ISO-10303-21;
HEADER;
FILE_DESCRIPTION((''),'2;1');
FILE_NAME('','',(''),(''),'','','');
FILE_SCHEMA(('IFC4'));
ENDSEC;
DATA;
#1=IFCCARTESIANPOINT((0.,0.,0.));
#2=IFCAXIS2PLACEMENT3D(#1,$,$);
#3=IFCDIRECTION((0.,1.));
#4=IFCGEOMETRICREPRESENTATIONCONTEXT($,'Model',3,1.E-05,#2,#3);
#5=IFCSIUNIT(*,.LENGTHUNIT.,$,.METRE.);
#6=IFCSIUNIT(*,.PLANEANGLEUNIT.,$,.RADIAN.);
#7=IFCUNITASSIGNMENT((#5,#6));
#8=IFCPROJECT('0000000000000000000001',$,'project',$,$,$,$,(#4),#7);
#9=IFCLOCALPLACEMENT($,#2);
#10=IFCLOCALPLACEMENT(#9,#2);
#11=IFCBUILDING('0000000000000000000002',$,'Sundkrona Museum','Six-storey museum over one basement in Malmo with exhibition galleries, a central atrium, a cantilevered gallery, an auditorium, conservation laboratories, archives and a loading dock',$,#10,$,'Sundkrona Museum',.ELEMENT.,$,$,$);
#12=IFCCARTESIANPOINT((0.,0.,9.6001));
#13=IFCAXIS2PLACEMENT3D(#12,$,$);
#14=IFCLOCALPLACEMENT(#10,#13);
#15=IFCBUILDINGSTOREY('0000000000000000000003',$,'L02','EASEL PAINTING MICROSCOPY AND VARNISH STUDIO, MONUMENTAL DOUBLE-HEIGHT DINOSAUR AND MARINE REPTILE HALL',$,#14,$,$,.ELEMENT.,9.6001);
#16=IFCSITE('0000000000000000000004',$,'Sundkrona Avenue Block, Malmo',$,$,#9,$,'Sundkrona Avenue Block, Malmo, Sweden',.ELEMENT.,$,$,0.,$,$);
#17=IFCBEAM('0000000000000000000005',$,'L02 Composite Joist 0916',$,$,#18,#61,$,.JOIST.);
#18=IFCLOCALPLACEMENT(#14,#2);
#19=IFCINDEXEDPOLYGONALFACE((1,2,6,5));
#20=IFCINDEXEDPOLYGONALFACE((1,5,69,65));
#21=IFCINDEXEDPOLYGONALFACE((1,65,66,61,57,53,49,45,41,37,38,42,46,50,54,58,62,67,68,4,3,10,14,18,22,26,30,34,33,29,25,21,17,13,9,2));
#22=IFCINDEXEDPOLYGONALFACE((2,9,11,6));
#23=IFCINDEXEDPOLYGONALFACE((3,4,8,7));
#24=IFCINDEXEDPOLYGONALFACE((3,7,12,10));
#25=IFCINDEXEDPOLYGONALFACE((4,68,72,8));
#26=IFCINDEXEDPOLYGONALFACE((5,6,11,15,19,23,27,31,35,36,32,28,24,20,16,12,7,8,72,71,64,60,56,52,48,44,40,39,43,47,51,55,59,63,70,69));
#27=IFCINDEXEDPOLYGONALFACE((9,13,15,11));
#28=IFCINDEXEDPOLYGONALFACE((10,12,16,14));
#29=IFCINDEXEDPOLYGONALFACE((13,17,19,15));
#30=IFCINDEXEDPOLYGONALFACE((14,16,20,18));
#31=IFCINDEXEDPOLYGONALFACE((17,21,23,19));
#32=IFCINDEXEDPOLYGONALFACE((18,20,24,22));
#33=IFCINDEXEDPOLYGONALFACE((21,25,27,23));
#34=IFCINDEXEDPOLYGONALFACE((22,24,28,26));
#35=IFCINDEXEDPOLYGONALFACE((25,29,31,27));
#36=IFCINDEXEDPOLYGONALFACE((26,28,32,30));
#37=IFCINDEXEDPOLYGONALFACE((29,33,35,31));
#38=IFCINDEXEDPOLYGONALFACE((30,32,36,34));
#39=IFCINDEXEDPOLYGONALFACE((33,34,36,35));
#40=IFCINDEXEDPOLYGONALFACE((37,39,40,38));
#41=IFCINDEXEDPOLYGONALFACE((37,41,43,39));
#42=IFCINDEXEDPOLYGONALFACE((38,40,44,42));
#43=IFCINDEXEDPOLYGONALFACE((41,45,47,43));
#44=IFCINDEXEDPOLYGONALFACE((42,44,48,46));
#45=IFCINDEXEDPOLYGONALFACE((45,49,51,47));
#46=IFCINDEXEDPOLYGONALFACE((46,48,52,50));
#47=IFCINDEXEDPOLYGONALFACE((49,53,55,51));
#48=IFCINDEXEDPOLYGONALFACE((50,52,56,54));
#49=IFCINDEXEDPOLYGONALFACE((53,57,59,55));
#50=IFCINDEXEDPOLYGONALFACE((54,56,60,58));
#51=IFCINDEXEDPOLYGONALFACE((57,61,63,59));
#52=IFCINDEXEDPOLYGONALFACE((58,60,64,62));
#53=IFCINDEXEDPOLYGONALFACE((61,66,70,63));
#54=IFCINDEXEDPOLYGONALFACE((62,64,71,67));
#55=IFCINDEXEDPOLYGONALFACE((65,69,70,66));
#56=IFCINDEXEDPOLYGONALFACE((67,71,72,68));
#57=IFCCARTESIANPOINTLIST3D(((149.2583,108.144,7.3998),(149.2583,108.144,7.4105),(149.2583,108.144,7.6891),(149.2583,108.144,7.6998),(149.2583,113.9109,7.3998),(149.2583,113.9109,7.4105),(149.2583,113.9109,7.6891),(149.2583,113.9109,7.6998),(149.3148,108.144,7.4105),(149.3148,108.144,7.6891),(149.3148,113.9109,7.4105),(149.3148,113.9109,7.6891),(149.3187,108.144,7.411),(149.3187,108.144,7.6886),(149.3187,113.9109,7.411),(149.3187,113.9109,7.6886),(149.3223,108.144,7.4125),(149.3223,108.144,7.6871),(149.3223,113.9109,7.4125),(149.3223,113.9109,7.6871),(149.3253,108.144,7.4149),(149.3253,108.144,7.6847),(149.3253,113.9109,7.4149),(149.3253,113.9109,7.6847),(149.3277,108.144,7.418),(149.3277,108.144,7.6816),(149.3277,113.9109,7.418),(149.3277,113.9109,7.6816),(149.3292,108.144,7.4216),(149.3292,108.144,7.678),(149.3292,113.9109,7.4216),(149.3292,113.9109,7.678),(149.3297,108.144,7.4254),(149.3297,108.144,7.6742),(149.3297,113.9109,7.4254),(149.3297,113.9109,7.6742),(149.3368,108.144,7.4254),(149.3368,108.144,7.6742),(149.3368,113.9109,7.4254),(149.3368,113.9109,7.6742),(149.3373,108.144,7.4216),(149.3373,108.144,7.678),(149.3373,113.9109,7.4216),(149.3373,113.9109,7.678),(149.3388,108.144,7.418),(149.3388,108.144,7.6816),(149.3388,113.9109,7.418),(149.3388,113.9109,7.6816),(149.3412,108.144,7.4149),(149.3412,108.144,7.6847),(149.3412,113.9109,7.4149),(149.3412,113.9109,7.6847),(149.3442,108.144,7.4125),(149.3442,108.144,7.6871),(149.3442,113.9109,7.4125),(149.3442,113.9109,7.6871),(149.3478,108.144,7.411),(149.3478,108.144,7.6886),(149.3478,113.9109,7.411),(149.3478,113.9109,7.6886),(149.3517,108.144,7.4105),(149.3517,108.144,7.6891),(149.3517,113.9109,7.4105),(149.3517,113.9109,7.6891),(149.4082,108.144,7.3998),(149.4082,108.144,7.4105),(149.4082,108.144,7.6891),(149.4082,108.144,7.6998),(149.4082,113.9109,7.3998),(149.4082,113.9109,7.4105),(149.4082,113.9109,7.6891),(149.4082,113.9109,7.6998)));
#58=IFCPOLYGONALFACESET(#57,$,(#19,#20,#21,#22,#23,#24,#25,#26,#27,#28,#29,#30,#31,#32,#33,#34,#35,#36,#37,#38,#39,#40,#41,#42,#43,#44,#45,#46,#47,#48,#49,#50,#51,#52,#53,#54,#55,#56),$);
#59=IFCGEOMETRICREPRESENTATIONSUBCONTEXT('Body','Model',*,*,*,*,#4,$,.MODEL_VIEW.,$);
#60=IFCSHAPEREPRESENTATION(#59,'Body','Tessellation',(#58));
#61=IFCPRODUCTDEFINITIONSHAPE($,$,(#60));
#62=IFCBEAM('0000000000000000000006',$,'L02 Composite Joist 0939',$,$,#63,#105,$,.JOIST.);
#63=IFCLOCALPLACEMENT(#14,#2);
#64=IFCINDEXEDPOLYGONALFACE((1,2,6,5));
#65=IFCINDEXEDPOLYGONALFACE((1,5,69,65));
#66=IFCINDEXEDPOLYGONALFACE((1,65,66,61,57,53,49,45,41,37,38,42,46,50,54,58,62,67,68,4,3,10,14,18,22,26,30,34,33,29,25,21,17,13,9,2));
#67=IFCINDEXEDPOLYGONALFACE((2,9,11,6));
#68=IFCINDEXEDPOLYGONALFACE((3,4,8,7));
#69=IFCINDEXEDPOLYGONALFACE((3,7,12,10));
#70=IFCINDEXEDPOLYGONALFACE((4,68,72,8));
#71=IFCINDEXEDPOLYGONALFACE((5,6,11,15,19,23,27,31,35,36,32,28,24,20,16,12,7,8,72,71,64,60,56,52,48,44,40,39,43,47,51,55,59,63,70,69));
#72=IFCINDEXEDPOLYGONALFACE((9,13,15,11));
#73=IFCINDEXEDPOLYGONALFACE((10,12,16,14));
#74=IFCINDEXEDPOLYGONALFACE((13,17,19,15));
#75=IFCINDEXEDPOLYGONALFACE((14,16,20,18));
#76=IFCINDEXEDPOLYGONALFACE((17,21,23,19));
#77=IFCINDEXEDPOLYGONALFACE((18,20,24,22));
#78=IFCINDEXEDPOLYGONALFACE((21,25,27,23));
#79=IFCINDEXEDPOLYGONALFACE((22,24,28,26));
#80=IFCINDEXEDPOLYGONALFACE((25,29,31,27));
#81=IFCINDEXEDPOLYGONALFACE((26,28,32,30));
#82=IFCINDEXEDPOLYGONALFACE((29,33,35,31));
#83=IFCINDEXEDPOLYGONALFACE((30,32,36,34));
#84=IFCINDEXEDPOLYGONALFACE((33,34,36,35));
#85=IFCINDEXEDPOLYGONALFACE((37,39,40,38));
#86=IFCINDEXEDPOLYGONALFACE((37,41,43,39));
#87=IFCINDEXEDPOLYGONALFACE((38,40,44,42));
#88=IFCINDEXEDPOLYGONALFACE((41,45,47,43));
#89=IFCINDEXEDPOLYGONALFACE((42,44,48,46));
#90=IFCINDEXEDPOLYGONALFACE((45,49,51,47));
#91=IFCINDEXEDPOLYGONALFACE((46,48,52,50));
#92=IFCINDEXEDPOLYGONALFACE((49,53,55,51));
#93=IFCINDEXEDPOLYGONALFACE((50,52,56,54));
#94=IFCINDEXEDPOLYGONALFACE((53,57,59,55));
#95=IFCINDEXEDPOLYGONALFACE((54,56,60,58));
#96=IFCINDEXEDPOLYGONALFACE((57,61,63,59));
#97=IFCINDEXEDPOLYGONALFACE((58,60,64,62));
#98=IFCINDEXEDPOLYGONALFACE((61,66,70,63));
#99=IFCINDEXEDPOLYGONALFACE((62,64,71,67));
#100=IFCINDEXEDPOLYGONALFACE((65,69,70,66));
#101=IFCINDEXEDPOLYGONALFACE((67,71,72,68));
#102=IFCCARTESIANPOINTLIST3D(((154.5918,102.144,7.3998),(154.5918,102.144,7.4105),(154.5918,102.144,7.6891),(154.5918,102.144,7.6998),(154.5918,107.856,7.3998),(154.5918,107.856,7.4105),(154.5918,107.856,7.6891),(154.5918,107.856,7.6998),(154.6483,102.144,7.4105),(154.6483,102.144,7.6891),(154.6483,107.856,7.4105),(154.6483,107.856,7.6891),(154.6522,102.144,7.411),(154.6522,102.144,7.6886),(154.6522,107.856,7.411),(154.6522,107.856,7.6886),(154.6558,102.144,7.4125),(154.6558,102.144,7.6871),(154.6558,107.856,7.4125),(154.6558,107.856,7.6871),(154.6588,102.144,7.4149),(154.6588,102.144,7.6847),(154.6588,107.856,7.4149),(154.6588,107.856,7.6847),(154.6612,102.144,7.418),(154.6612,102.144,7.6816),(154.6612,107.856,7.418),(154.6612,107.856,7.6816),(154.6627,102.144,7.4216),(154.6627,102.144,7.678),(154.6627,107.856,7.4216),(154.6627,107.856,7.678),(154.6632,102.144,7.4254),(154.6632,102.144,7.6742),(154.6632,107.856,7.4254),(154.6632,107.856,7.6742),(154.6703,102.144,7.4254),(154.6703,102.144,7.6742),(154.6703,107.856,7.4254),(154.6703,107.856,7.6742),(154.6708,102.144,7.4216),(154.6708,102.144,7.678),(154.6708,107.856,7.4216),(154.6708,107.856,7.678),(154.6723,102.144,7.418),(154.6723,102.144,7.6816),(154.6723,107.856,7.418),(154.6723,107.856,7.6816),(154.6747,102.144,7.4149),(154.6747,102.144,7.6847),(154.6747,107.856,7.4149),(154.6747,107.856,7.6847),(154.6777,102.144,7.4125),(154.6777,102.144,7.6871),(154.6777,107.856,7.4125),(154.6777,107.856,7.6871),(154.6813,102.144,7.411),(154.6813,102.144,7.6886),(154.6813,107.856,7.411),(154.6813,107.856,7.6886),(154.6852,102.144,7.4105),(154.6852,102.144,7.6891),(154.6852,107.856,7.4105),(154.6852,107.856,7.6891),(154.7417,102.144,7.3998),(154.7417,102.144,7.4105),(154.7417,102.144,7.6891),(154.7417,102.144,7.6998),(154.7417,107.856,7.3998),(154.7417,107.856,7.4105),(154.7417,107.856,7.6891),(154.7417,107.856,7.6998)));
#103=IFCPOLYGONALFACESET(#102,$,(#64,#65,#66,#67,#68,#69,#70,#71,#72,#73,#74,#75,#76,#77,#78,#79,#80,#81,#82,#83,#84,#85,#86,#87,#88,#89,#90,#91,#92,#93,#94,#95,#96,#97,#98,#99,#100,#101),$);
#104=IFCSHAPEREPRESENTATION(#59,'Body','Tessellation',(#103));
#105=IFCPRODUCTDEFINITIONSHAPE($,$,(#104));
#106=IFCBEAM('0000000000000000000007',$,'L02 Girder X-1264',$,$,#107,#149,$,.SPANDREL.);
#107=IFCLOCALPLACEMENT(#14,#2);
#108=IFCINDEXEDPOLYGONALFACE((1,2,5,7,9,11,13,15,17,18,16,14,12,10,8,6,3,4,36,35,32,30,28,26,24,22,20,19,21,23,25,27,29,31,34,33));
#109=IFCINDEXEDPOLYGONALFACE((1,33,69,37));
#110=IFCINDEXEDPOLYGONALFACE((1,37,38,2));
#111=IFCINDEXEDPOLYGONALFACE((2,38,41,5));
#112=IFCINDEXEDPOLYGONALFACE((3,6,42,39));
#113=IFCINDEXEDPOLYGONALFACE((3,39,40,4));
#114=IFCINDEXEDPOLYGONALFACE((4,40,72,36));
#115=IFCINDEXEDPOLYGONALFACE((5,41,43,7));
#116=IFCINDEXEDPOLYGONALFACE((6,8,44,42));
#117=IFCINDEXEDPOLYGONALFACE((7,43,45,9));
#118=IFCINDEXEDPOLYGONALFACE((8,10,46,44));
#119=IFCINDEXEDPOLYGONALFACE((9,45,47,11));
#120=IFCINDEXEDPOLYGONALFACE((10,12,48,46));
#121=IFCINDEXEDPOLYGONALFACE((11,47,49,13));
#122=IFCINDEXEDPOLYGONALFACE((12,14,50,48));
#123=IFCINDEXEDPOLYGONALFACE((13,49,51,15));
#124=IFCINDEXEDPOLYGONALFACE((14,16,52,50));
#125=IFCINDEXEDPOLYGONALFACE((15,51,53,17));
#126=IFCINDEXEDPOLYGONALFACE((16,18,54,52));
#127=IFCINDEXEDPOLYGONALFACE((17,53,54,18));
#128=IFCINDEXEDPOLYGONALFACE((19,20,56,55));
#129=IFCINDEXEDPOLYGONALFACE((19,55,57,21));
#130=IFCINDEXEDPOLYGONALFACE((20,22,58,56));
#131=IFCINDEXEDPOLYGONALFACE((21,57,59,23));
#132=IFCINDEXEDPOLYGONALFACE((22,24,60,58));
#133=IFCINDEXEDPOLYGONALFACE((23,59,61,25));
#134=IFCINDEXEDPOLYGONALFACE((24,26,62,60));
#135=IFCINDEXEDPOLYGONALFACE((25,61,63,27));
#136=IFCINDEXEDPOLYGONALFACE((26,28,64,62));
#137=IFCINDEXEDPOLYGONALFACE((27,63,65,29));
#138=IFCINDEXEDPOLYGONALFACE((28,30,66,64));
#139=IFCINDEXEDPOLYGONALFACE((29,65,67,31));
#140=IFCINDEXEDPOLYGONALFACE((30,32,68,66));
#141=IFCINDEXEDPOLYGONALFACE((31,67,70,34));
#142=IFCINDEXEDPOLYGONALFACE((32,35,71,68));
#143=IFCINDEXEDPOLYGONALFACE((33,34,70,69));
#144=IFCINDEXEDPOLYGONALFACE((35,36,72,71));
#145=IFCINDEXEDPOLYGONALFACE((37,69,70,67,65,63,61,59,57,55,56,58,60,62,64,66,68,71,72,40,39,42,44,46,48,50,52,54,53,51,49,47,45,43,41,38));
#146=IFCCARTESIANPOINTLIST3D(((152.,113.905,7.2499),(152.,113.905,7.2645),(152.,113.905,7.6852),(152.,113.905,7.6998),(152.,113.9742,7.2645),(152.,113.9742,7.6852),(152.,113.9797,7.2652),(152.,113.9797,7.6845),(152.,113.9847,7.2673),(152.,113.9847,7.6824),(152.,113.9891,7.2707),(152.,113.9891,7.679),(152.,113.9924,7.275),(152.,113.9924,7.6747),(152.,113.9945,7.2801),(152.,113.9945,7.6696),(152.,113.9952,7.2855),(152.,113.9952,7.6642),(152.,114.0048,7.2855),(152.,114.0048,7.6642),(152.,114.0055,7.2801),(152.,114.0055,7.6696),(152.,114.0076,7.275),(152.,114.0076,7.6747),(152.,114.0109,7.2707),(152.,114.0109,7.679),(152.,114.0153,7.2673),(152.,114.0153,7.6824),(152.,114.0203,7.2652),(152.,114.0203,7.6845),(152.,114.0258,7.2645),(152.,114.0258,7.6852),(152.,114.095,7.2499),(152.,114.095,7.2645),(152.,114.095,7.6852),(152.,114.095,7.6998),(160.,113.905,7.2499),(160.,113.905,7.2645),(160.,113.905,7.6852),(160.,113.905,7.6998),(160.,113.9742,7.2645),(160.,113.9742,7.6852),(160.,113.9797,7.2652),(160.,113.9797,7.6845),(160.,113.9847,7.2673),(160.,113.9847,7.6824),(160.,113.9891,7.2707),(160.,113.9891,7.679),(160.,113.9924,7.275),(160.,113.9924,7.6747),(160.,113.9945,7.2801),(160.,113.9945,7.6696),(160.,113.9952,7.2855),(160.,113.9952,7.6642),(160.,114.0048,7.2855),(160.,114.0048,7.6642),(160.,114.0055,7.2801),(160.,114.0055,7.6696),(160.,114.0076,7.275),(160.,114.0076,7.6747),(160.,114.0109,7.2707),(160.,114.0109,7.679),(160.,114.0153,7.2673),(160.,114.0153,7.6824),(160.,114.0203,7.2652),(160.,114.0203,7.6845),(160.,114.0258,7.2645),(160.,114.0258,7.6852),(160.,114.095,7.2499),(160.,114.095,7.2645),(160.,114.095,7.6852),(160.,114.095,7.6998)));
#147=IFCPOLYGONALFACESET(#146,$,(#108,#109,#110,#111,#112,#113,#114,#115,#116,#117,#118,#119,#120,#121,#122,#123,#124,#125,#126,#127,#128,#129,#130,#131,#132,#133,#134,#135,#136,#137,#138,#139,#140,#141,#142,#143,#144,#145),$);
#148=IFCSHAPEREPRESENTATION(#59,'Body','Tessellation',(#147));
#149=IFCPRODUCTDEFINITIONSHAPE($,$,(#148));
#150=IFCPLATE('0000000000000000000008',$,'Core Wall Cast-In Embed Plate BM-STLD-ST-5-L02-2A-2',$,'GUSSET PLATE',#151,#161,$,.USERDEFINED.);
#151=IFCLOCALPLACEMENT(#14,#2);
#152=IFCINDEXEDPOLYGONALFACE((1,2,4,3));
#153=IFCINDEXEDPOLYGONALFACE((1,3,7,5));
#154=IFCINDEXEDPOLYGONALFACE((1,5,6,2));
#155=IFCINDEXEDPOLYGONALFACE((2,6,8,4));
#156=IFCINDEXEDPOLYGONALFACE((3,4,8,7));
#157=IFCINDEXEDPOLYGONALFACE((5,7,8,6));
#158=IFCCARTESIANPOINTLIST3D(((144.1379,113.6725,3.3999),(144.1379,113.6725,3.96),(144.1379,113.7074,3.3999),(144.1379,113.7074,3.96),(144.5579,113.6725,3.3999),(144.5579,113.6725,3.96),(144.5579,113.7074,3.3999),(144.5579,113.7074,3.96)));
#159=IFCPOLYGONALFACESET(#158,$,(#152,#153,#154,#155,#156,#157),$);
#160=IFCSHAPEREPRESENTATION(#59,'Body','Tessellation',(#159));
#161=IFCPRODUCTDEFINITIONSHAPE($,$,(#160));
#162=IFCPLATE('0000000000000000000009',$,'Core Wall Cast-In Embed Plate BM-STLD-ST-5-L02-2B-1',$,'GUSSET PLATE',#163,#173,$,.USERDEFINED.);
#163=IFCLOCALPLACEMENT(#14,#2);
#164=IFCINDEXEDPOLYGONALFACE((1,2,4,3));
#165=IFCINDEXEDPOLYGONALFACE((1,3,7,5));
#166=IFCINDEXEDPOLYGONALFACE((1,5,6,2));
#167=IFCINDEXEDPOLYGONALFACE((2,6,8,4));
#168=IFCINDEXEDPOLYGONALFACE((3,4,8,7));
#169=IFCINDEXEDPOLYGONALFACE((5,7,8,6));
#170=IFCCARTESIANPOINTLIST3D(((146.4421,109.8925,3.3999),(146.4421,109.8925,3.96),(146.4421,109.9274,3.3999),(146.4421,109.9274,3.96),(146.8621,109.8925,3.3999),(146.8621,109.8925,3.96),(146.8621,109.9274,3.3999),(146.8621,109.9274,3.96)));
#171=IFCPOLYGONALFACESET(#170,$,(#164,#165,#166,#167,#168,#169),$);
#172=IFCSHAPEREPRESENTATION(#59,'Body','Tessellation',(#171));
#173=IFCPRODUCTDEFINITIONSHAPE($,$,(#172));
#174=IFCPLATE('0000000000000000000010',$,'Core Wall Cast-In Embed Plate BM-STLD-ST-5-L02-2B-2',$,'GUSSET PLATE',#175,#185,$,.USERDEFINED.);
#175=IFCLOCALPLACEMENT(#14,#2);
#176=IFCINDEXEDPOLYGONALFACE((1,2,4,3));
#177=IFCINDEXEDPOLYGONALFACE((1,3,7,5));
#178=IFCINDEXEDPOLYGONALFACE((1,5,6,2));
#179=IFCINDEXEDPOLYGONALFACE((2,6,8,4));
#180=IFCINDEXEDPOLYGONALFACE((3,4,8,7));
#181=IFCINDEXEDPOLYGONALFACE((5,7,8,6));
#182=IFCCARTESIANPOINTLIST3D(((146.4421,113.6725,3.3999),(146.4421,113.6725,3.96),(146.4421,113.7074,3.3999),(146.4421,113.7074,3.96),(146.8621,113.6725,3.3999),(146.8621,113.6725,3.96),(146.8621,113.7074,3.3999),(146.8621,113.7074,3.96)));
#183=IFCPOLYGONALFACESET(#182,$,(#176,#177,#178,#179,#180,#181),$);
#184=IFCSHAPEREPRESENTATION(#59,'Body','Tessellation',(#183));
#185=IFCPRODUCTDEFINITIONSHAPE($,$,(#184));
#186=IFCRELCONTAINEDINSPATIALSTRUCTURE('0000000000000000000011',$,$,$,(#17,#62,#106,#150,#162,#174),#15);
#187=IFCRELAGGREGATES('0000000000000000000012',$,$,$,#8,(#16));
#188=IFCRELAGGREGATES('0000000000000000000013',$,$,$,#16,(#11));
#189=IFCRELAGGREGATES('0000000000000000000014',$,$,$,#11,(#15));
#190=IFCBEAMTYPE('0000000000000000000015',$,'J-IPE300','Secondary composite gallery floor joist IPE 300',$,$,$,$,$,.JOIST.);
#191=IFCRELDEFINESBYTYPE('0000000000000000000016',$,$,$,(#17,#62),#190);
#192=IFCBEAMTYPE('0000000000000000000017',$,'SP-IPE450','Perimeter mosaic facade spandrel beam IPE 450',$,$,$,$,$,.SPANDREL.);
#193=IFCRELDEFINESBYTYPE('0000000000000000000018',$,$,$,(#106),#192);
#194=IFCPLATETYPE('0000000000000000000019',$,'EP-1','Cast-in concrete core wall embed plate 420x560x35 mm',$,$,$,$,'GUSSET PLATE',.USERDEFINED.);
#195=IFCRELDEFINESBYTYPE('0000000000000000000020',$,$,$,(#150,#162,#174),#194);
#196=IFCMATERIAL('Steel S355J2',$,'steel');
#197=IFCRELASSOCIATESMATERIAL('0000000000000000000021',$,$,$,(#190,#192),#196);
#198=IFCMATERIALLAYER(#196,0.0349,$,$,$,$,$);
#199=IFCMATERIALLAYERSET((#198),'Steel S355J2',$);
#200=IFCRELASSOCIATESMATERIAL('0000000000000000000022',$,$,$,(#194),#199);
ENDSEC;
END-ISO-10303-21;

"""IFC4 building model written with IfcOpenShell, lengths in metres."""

from ifc_helpers import new_model, si_unit, direction, frame, origin, origin_2d, place, context, subcontext, project, spatial, rectangle, i_section, extrude, material, layer, layer_set, material_profile, profile_set, type_object, element, save


model = new_model("IFC4")

# Units and contexts
model_context = context("Model", 3, precision=1e-05, world=origin(), true_north=direction((0.0, 1.0)))
body_context = subcontext(model_context, "Body", "Model", "MODEL_VIEW")
ifc_project = project(units=[si_unit("LENGTHUNIT", "METRE"), si_unit("PLANEANGLEUNIT", "RADIAN")], contexts=[model_context])

# Site, building, storey
site_placement = place(None, origin())
site = spatial("IfcSite", under=ifc_project, at=site_placement, Name="Sundkrona Avenue Block, Malmo", LongName="Sundkrona Avenue Block, Malmo, Sweden", CompositionType="ELEMENT", RefElevation=0.0)
building_placement = place(site_placement, origin())
building = spatial("IfcBuilding", under=site, at=building_placement, Name="Sundkrona Museum", Description="Six-storey museum over one basement in Malmo with exhibition galleries, a central atrium, a cantilevered gallery, an auditorium, conservation laboratories, archives and a loading dock", LongName="Sundkrona Museum", CompositionType="ELEMENT")
storey_placement = place(building_placement, frame((0.0, 0.0, 9.6001)))
storey = spatial("IfcBuildingStorey", under=building, at=storey_placement, Name="L02", Description="EASEL PAINTING MICROSCOPY AND VARNISH STUDIO, MONUMENTAL DOUBLE-HEIGHT DINOSAUR AND MARINE REPTILE HALL", CompositionType="ELEMENT", Elevation=9.6001)

# Shared definitions
ifc_material_1 = material(Name="Steel S355J2", Category="steel")

# Beams
ifc_material_profile_1 = material_profile(ifc_material_1, i_section(OverallWidth=0.1499, OverallDepth=0.3, WebThickness=0.0071, FlangeThickness=0.0107, FilletRadius=0.0149, at=origin_2d()), Name="IPE 300")
ifc_profile_set_1 = profile_set([ifc_material_profile_1], Name="Steel S355J2")
beam_type_1 = type_object("IfcBeamType", Name="J-IPE300", Description="Secondary composite gallery floor joist IPE 300", PredefinedType="JOIST", material=ifc_profile_set_1)
beam_1_placement = place(storey_placement, frame((149.3333, 108.144, 7.5498), z_axis=(0.0, 1.0, 0.0), x_axis=(-1.0, 0.0, 0.0)))
element("IfcBeam", 1, at=beam_1_placement, inside=storey, type_object=beam_type_1, Name="L02 Composite Joist 0916", PredefinedType="JOIST", context=body_context, shape_type="SweptSolid", body=[
    extrude(i_section(OverallWidth=0.1499, OverallDepth=0.3, WebThickness=0.0071, FlangeThickness=0.0107, FilletRadius=0.0149, at=origin_2d()), origin(), (0.0, 0.0, 1.0), 5.7668),
])
beam_2_placement = place(storey_placement, frame((154.6667, 102.144, 7.5498), z_axis=(0.0, 1.0, 0.0), x_axis=(-1.0, 0.0, 0.0)))
element("IfcBeam", 2, at=beam_2_placement, inside=storey, type_object=beam_type_1, Name="L02 Composite Joist 0939", PredefinedType="JOIST", context=body_context, shape_type="SweptSolid", body=[
    extrude(i_section(OverallWidth=0.1499, OverallDepth=0.3, WebThickness=0.0071, FlangeThickness=0.0107, FilletRadius=0.0149, at=origin_2d()), origin(), (0.0, 0.0, 1.0), 5.7119),
])
ifc_material_profile_2 = material_profile(ifc_material_1, i_section(OverallWidth=0.1899, OverallDepth=0.45, WebThickness=0.0095, FlangeThickness=0.0146, FilletRadius=0.021, at=origin_2d()), Name="IPE 450")
ifc_profile_set_2 = profile_set([ifc_material_profile_2], Name="Steel S355J2")
beam_type_2 = type_object("IfcBeamType", Name="SP-IPE450", Description="Perimeter mosaic facade spandrel beam IPE 450", PredefinedType="SPANDREL", material=ifc_profile_set_2)
beam_3_placement = place(storey_placement, frame((152.0, 114.0, 7.4749), z_axis=(1.0, 0.0, 0.0), x_axis=(0.0, 1.0, 0.0)))
element("IfcBeam", 3, at=beam_3_placement, inside=storey, type_object=beam_type_2, Name="L02 Girder X-1264", PredefinedType="SPANDREL", context=body_context, shape_type="SweptSolid", body=[
    extrude(i_section(OverallWidth=0.1899, OverallDepth=0.45, WebThickness=0.0095, FlangeThickness=0.0146, FilletRadius=0.021, at=origin_2d()), origin(), (0.0, 0.0, 1.0), 8.0),
])

# Plates
ifc_layer_1 = layer(ifc_material_1, 0.0349)
ifc_layer_set_1 = layer_set([ifc_layer_1], Name="Steel S355J2")
plate_type = type_object("IfcPlateType", Name="EP-1", Description="Cast-in concrete core wall embed plate 420x560x35 mm", ElementType="GUSSET PLATE", PredefinedType="USERDEFINED", material=ifc_layer_set_1)
for number, where, z_axis, x_axis, name in (
    (4, (144.3479, 113.6899, 3.3999), (0.0, 0.0, 1.0), (1.0, 0.0, 0.0), "Core Wall Cast-In Embed Plate BM-STLD-ST-5-L02-2A-2"),
    (5, (146.6521, 109.9099, 3.3999), (0.0, 0.0, 1.0), (1.0, 0.0, 0.0), "Core Wall Cast-In Embed Plate BM-STLD-ST-5-L02-2B-1"),
    (6, (146.6521, 113.6899, 3.3999), (0.0, 0.0, 1.0), (1.0, 0.0, 0.0), "Core Wall Cast-In Embed Plate BM-STLD-ST-5-L02-2B-2"),
):
    element("IfcPlate", number, at=place(storey_placement, frame(where, z_axis=z_axis, x_axis=x_axis)), inside=storey, type_object=plate_type, Name=name, ObjectType="GUSSET PLATE", PredefinedType="USERDEFINED", context=body_context, shape_type="SweptSolid", body=[
        extrude(rectangle(XDim=0.4199, YDim=0.0349, at=origin_2d()), origin(), (0.0, 0.0, 1.0), 0.5601),
    ])

save(model, "model.ifc")
